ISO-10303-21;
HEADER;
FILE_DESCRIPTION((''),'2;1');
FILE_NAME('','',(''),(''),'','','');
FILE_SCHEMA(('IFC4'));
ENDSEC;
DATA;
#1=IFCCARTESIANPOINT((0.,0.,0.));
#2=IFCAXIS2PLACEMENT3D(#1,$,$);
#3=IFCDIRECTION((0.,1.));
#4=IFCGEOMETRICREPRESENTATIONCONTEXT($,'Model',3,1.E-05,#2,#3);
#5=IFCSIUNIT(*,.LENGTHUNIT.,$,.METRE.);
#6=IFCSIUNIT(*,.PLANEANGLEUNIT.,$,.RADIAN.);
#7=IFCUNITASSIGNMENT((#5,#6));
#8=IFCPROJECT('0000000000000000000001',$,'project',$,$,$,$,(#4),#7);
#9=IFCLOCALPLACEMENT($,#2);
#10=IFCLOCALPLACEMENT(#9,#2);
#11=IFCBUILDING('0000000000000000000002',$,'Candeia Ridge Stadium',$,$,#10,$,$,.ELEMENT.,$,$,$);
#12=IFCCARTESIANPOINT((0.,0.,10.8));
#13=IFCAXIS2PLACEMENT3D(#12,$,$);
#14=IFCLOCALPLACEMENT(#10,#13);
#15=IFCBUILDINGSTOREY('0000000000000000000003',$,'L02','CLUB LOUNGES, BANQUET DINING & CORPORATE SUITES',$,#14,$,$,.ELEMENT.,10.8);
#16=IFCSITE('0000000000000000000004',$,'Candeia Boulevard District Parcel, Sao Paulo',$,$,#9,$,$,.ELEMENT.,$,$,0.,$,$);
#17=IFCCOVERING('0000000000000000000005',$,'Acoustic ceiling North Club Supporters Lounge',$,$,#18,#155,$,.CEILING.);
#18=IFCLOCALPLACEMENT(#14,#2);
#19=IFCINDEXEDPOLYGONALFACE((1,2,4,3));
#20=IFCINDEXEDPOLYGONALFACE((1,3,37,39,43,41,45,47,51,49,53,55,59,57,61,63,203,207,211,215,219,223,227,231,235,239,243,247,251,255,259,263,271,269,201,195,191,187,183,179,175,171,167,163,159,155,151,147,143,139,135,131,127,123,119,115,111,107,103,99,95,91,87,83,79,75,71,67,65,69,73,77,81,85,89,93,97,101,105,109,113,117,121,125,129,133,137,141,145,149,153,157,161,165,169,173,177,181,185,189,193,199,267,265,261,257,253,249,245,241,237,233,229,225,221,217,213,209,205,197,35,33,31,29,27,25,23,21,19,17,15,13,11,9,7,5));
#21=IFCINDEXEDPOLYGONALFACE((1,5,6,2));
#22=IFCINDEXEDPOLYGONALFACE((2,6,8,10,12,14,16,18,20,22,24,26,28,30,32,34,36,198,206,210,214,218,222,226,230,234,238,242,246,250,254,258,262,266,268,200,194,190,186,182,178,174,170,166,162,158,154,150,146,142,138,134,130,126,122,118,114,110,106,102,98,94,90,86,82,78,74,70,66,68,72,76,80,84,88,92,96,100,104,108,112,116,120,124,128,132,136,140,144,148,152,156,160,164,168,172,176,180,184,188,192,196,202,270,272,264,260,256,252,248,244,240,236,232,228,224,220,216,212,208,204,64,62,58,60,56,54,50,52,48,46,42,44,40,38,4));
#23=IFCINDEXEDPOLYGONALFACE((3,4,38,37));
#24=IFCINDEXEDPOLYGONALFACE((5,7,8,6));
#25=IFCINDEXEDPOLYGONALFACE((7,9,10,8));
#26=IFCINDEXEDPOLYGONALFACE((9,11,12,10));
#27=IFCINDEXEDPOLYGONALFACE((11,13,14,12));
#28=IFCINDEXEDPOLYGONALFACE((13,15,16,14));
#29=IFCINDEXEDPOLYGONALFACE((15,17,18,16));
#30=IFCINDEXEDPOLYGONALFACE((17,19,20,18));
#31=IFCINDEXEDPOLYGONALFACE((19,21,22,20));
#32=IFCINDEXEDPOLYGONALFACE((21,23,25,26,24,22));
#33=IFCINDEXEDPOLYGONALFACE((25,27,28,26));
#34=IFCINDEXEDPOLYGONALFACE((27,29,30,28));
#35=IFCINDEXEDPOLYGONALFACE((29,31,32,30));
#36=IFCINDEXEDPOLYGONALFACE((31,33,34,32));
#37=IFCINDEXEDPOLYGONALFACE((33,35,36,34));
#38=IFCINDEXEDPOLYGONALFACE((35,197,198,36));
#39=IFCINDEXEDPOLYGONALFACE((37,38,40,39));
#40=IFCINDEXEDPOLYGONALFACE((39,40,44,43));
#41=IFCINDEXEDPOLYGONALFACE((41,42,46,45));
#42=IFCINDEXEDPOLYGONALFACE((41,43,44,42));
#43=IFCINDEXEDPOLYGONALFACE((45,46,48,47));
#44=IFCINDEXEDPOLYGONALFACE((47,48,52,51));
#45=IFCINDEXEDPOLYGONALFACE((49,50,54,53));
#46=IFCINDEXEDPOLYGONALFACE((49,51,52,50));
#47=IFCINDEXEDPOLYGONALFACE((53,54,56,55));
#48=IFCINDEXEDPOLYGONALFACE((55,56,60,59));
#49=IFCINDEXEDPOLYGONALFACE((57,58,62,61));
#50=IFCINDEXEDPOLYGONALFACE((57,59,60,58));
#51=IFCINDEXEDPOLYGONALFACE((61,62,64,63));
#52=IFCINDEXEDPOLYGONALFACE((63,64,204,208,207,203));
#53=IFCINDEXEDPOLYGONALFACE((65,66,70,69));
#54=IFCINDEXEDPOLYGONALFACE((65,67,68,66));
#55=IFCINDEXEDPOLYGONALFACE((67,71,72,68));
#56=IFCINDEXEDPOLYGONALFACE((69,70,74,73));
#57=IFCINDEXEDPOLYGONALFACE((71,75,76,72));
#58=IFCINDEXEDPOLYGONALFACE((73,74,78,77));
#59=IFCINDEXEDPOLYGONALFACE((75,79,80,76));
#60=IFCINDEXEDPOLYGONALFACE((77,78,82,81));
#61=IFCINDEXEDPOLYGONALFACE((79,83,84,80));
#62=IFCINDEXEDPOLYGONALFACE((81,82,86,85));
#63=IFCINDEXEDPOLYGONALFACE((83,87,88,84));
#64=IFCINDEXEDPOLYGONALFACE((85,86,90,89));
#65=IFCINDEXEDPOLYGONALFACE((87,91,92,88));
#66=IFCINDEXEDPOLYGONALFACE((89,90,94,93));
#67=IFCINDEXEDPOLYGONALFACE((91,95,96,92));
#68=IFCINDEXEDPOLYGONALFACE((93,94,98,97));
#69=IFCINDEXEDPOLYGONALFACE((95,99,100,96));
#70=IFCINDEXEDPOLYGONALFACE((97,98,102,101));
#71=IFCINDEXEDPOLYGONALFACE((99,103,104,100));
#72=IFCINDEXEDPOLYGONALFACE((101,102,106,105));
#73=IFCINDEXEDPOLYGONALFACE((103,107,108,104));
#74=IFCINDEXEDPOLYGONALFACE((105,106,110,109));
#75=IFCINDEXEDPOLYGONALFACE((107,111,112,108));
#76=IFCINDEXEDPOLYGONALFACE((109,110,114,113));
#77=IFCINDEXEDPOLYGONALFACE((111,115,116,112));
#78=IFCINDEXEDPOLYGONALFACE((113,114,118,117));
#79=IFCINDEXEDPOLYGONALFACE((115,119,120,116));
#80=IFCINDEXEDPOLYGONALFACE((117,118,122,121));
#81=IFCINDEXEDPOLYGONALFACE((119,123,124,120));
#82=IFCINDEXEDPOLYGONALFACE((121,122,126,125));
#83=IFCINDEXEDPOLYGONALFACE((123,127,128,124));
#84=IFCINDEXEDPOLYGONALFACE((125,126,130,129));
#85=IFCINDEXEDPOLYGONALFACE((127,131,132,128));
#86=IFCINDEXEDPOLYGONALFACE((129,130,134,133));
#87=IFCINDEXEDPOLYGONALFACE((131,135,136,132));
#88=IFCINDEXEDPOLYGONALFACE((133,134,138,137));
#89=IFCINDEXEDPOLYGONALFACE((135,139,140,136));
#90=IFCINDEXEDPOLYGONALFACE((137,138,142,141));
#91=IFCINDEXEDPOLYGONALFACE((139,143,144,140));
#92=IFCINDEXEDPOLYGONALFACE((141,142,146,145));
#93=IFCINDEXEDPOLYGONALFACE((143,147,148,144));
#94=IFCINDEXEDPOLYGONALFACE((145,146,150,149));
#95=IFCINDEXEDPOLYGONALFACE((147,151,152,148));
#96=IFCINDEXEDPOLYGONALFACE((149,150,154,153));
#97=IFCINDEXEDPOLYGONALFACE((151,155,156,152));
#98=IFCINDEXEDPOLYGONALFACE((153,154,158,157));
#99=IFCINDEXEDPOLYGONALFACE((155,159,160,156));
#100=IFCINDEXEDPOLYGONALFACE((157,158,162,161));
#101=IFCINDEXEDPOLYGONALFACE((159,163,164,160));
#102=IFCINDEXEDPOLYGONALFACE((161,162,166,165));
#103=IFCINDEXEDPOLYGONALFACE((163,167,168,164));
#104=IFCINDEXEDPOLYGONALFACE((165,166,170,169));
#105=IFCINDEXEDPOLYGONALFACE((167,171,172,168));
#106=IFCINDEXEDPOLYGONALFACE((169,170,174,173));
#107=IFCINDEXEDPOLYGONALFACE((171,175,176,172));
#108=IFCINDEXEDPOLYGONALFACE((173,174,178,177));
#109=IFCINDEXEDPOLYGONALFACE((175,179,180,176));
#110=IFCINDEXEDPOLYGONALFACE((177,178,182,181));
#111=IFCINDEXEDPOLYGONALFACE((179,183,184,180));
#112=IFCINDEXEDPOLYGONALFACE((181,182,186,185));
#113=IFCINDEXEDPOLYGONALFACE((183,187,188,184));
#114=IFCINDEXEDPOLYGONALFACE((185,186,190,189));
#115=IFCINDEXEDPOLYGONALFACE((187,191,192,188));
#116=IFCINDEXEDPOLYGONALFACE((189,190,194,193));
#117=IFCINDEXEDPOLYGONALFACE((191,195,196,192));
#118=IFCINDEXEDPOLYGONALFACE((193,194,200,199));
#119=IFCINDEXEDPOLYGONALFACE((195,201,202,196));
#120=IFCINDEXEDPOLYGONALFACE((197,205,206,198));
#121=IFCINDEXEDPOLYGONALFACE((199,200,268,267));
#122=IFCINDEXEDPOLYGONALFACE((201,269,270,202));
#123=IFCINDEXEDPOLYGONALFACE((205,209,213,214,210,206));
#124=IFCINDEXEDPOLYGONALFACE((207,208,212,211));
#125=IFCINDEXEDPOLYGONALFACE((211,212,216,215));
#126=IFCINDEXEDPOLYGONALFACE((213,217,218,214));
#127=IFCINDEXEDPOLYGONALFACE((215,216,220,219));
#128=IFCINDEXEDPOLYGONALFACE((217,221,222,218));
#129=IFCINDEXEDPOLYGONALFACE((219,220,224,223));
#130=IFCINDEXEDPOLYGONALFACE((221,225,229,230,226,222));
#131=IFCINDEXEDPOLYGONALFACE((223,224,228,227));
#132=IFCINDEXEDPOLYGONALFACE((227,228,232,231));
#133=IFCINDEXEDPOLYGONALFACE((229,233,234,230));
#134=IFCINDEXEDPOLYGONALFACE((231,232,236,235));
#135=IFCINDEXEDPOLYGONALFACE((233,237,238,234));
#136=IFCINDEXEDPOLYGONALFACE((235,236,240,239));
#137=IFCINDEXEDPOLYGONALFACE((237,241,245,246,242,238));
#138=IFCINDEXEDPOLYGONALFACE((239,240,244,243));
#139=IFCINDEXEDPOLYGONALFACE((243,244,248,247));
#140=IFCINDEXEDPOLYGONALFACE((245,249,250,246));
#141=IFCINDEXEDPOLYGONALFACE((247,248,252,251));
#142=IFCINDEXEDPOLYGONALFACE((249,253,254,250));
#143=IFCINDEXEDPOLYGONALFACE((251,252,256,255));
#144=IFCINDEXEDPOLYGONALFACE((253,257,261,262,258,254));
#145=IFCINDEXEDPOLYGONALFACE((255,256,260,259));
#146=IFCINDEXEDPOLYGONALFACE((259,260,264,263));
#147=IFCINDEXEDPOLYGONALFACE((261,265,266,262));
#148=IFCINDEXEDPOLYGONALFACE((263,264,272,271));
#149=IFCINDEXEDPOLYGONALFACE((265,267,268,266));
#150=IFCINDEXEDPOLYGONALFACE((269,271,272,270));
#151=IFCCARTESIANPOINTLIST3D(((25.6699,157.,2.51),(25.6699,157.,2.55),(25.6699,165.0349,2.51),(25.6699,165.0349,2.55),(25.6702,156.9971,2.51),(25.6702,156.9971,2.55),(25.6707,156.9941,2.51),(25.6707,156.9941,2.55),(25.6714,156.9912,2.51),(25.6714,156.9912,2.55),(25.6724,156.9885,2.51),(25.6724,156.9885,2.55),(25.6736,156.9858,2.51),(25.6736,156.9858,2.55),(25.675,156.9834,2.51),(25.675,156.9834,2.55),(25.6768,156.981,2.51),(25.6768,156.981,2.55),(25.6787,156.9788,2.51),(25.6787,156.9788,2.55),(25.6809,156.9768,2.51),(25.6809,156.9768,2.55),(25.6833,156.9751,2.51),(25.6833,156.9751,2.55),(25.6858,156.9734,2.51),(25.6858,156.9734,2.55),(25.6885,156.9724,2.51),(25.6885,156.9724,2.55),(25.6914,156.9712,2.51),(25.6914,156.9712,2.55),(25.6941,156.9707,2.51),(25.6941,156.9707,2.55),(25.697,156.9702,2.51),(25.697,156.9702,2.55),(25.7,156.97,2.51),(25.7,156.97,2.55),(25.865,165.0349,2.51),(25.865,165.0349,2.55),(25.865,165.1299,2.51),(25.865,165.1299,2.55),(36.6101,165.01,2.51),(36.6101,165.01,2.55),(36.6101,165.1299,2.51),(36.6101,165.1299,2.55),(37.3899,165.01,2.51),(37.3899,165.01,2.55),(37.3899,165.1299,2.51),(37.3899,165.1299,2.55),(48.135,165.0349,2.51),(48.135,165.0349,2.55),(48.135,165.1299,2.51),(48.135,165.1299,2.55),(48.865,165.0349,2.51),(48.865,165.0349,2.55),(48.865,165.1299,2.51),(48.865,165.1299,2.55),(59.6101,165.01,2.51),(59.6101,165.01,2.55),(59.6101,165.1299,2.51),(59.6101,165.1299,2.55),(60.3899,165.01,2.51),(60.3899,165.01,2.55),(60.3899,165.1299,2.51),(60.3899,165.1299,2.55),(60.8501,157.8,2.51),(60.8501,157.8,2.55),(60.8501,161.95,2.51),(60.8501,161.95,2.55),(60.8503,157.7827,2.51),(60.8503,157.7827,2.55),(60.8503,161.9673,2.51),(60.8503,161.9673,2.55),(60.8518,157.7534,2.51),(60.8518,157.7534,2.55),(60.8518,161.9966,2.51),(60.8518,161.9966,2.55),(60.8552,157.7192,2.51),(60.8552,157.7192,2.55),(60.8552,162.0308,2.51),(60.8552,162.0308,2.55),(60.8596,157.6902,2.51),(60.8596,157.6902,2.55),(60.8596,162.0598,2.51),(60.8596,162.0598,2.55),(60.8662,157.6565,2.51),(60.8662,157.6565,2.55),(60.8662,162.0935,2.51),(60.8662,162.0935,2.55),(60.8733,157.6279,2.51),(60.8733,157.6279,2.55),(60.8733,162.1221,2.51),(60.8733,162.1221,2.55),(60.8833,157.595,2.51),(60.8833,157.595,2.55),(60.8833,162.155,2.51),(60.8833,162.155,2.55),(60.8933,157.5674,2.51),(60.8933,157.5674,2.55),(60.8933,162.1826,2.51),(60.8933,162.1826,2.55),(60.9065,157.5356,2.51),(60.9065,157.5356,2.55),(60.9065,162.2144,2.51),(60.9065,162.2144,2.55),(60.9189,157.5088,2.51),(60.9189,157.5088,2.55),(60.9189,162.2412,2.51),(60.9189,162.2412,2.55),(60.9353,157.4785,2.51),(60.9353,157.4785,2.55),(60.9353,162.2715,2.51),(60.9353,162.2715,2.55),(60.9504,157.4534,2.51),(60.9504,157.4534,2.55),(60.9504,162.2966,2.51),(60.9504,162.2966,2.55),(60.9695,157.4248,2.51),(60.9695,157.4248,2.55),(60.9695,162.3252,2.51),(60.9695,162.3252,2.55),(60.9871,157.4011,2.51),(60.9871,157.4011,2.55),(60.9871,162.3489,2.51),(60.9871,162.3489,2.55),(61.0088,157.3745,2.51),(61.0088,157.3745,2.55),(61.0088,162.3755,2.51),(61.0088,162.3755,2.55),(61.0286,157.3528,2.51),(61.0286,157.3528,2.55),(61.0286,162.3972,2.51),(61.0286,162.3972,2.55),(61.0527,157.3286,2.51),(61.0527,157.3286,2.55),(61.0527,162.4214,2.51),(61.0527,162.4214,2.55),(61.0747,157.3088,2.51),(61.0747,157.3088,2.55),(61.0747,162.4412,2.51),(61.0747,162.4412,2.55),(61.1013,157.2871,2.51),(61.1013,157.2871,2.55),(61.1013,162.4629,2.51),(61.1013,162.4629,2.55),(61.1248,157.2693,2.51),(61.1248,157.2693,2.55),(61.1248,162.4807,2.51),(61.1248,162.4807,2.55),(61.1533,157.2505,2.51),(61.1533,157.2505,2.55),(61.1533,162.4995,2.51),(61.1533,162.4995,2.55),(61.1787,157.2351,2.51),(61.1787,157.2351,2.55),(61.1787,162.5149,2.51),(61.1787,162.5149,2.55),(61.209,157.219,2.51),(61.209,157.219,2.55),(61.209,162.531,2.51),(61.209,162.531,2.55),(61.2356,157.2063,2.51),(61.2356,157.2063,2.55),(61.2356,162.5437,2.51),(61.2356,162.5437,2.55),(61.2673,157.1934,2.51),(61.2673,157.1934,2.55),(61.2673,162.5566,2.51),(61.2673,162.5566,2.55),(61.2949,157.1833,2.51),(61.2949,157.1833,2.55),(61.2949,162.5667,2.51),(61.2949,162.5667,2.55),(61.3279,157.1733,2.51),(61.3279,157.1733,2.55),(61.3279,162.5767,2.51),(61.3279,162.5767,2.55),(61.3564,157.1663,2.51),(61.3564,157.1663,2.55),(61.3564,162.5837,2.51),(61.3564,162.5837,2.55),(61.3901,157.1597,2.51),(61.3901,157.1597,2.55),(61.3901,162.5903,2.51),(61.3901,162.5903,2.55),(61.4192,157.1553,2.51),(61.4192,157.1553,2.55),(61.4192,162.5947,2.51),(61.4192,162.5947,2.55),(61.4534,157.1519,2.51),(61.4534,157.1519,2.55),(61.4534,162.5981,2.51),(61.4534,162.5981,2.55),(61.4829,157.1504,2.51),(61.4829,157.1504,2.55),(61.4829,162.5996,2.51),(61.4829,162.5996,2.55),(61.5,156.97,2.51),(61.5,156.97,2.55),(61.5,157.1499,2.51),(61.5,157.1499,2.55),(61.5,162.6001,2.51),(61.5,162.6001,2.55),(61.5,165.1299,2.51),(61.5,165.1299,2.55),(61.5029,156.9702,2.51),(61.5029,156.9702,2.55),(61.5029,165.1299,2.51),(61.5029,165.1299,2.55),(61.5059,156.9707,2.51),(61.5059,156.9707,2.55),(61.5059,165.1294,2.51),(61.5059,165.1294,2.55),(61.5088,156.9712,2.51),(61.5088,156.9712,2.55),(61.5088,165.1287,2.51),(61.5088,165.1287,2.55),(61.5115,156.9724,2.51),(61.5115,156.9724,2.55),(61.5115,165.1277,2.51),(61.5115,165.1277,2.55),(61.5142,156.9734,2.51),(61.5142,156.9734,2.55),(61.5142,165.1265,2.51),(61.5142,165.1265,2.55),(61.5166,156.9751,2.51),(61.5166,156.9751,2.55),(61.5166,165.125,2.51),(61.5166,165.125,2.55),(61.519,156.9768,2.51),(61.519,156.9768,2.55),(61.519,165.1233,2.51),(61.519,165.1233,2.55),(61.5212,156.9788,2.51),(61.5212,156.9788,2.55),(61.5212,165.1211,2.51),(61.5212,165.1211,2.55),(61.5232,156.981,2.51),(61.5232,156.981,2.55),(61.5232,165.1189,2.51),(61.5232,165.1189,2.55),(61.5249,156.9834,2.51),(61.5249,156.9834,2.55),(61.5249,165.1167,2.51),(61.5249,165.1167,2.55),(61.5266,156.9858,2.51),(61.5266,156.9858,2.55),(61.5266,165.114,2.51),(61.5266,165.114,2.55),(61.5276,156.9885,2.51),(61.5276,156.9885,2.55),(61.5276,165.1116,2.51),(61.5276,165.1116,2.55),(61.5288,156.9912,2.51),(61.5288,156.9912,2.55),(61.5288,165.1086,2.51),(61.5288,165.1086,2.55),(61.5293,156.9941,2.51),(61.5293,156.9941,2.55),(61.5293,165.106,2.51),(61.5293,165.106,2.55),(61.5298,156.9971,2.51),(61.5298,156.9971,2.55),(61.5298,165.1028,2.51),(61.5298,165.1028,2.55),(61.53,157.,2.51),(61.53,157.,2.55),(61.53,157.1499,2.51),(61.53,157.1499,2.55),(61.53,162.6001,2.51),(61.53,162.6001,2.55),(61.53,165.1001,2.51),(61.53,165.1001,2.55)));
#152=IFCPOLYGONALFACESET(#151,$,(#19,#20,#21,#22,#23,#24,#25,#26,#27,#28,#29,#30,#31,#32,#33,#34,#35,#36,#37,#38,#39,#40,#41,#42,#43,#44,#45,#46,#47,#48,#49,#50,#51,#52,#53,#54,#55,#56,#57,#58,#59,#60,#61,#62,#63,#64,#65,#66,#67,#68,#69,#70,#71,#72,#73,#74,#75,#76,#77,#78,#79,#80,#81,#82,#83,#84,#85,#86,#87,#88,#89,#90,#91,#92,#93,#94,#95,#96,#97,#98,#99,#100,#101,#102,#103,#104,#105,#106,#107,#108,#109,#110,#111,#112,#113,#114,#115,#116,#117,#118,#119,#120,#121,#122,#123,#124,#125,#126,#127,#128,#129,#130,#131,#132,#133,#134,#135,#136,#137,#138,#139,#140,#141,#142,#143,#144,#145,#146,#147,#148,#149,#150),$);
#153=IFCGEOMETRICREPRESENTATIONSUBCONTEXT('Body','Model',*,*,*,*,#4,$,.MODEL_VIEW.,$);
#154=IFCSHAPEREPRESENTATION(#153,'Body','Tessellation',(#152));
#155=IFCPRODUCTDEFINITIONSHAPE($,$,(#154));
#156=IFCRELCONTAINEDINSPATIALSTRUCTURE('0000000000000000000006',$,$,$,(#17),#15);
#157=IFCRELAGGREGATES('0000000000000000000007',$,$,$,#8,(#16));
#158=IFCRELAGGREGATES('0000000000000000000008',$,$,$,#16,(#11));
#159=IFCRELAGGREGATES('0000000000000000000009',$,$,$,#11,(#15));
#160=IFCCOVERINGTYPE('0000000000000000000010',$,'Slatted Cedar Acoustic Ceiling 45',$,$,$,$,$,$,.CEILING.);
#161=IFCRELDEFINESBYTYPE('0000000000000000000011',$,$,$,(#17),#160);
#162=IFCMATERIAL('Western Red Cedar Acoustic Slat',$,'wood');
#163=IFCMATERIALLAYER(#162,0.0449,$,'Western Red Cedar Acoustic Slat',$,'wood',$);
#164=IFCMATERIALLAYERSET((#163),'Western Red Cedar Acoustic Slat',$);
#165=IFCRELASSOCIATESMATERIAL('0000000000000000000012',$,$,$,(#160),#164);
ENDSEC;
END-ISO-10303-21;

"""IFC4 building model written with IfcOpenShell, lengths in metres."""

from ifc_helpers import new_model, si_unit, direction, frame, origin, place, context, subcontext, project, spatial, polyline, outline, extrude, material, layer, layer_set, type_object, element, save


model = new_model("IFC4")

# Units and contexts
model_context = context("Model", 3, precision=1e-05, world=origin(), true_north=direction((0.0, 1.0)))
body_context = subcontext(model_context, "Body", "Model", "MODEL_VIEW")
ifc_project = project(units=[si_unit("LENGTHUNIT", "METRE"), si_unit("PLANEANGLEUNIT", "RADIAN")], contexts=[model_context])

# Site, building, storey
site_placement = place(None, origin())
site = spatial("IfcSite", under=ifc_project, at=site_placement, Name="Candeia Boulevard District Parcel, Sao Paulo", CompositionType="ELEMENT", RefElevation=0.0)
building_placement = place(site_placement, origin())
building = spatial("IfcBuilding", under=site, at=building_placement, Name="Candeia Ridge Stadium", CompositionType="ELEMENT")
storey_placement = place(building_placement, frame((0.0, 0.0, 10.8)))
storey = spatial("IfcBuildingStorey", under=building, at=storey_placement, Name="L02", Description="CLUB LOUNGES, BANQUET DINING & CORPORATE SUITES", CompositionType="ELEMENT", Elevation=10.8)

# Covering
ifc_material_1 = material(Name="Western Red Cedar Acoustic Slat", Category="wood")
ifc_layer_1 = layer(ifc_material_1, 0.0449, Name="Western Red Cedar Acoustic Slat", Category="wood")
ifc_layer_set_1 = layer_set([ifc_layer_1], Name="Western Red Cedar Acoustic Slat")
covering_type_1 = type_object("IfcCoveringType", Name="Slatted Cedar Acoustic Ceiling 45", PredefinedType="CEILING", material=ifc_layer_set_1)
covering_1_placement = place(storey_placement, frame((0.0, 0.0, 2.51)))
element("IfcCovering", 1, at=covering_1_placement, inside=storey, type_object=covering_type_1, Name="Acoustic ceiling North Club Supporters Lounge", PredefinedType="CEILING", context=body_context, shape_type="SweptSolid", body=[
    extrude(outline(polyline([(61.5293, 156.9941), (61.5288, 156.9912), (61.5276, 156.9885), (61.5266, 156.9858), (61.5249, 156.9834), (61.5232, 156.981), (61.5212, 156.9788), (61.519, 156.9768), (61.5166, 156.9751), (61.5142, 156.9734), (61.5115, 156.9724), (61.5088, 156.9712), (61.5059, 156.9707), (61.5029, 156.9702), (61.5, 156.97), (25.7, 156.97), (25.697, 156.9702), (25.6941, 156.9707), (25.6914, 156.9712), (25.6885, 156.9724), (25.6858, 156.9734), (25.6833, 156.9751), (25.6809, 156.9768), (25.6787, 156.9788), (25.6768, 156.981), (25.675, 156.9834), (25.6736, 156.9858), (25.6724, 156.9885), (25.6714, 156.9912), (25.6707, 156.9941), (25.6702, 156.9971), (25.6699, 157.0), (25.6699, 165.0349), (25.865, 165.0349), (25.865, 165.1299), (36.6101, 165.1299), (36.6101, 165.01), (37.3899, 165.01), (37.3899, 165.1299), (48.135, 165.1299), (48.135, 165.0349), (48.865, 165.0349), (48.865, 165.1299), (59.6101, 165.1299), (59.6101, 165.01), (60.3899, 165.01), (60.3899, 165.1299), (61.5, 165.1299), (61.5029, 165.1299), (61.5059, 165.1294), (61.5088, 165.1287), (61.5115, 165.1277), (61.5142, 165.1265), (61.5166, 165.125), (61.519, 165.1233), (61.5212, 165.1211), (61.5232, 165.1189), (61.5249, 165.1167), (61.5266, 165.114), (61.5276, 165.1116), (61.5288, 165.1086), (61.5293, 165.106), (61.5298, 165.1028), (61.53, 165.1001), (61.53, 162.6001), (61.5, 162.6001), (61.4829, 162.5996), (61.4534, 162.5981), (61.4192, 162.5947), (61.3901, 162.5903), (61.3564, 162.5837), (61.3279, 162.5767), (61.2949, 162.5667), (61.2673, 162.5566), (61.2356, 162.5437), (61.209, 162.531), (61.1787, 162.5149), (61.1533, 162.4995), (61.1248, 162.4807), (61.1013, 162.4629), (61.0747, 162.4412), (61.0527, 162.4214), (61.0286, 162.3972), (61.0088, 162.3755), (60.9871, 162.3489), (60.9695, 162.3252), (60.9504, 162.2966), (60.9353, 162.2715), (60.9189, 162.2412), (60.9065, 162.2144), (60.8933, 162.1826), (60.8833, 162.155), (60.8733, 162.1221), (60.8662, 162.0935), (60.8596, 162.0598), (60.8552, 162.0308), (60.8518, 161.9966), (60.8503, 161.9673), (60.8501, 161.95), (60.8501, 157.8), (60.8503, 157.7827), (60.8518, 157.7534), (60.8552, 157.7192), (60.8596, 157.6902), (60.8662, 157.6565), (60.8733, 157.6279), (60.8833, 157.595), (60.8933, 157.5674), (60.9065, 157.5356), (60.9189, 157.5088), (60.9353, 157.4785), (60.9504, 157.4534), (60.9695, 157.4248), (60.9871, 157.4011), (61.0088, 157.3745), (61.0286, 157.3528), (61.0527, 157.3286), (61.0747, 157.3088), (61.1013, 157.2871), (61.1248, 157.2693), (61.1533, 157.2505), (61.1787, 157.2351), (61.209, 157.219), (61.2356, 157.2063), (61.2673, 157.1934), (61.2949, 157.1833), (61.3279, 157.1733), (61.3564, 157.1663), (61.3901, 157.1597), (61.4192, 157.1553), (61.4534, 157.1519), (61.4829, 157.1504), (61.5, 157.1499), (61.53, 157.1499), (61.53, 157.0), (61.5298, 156.9971), (61.5293, 156.9941)])), origin(), (0.0, 0.0, 1.0), 0.04),
])

save(model, "model.ifc")
